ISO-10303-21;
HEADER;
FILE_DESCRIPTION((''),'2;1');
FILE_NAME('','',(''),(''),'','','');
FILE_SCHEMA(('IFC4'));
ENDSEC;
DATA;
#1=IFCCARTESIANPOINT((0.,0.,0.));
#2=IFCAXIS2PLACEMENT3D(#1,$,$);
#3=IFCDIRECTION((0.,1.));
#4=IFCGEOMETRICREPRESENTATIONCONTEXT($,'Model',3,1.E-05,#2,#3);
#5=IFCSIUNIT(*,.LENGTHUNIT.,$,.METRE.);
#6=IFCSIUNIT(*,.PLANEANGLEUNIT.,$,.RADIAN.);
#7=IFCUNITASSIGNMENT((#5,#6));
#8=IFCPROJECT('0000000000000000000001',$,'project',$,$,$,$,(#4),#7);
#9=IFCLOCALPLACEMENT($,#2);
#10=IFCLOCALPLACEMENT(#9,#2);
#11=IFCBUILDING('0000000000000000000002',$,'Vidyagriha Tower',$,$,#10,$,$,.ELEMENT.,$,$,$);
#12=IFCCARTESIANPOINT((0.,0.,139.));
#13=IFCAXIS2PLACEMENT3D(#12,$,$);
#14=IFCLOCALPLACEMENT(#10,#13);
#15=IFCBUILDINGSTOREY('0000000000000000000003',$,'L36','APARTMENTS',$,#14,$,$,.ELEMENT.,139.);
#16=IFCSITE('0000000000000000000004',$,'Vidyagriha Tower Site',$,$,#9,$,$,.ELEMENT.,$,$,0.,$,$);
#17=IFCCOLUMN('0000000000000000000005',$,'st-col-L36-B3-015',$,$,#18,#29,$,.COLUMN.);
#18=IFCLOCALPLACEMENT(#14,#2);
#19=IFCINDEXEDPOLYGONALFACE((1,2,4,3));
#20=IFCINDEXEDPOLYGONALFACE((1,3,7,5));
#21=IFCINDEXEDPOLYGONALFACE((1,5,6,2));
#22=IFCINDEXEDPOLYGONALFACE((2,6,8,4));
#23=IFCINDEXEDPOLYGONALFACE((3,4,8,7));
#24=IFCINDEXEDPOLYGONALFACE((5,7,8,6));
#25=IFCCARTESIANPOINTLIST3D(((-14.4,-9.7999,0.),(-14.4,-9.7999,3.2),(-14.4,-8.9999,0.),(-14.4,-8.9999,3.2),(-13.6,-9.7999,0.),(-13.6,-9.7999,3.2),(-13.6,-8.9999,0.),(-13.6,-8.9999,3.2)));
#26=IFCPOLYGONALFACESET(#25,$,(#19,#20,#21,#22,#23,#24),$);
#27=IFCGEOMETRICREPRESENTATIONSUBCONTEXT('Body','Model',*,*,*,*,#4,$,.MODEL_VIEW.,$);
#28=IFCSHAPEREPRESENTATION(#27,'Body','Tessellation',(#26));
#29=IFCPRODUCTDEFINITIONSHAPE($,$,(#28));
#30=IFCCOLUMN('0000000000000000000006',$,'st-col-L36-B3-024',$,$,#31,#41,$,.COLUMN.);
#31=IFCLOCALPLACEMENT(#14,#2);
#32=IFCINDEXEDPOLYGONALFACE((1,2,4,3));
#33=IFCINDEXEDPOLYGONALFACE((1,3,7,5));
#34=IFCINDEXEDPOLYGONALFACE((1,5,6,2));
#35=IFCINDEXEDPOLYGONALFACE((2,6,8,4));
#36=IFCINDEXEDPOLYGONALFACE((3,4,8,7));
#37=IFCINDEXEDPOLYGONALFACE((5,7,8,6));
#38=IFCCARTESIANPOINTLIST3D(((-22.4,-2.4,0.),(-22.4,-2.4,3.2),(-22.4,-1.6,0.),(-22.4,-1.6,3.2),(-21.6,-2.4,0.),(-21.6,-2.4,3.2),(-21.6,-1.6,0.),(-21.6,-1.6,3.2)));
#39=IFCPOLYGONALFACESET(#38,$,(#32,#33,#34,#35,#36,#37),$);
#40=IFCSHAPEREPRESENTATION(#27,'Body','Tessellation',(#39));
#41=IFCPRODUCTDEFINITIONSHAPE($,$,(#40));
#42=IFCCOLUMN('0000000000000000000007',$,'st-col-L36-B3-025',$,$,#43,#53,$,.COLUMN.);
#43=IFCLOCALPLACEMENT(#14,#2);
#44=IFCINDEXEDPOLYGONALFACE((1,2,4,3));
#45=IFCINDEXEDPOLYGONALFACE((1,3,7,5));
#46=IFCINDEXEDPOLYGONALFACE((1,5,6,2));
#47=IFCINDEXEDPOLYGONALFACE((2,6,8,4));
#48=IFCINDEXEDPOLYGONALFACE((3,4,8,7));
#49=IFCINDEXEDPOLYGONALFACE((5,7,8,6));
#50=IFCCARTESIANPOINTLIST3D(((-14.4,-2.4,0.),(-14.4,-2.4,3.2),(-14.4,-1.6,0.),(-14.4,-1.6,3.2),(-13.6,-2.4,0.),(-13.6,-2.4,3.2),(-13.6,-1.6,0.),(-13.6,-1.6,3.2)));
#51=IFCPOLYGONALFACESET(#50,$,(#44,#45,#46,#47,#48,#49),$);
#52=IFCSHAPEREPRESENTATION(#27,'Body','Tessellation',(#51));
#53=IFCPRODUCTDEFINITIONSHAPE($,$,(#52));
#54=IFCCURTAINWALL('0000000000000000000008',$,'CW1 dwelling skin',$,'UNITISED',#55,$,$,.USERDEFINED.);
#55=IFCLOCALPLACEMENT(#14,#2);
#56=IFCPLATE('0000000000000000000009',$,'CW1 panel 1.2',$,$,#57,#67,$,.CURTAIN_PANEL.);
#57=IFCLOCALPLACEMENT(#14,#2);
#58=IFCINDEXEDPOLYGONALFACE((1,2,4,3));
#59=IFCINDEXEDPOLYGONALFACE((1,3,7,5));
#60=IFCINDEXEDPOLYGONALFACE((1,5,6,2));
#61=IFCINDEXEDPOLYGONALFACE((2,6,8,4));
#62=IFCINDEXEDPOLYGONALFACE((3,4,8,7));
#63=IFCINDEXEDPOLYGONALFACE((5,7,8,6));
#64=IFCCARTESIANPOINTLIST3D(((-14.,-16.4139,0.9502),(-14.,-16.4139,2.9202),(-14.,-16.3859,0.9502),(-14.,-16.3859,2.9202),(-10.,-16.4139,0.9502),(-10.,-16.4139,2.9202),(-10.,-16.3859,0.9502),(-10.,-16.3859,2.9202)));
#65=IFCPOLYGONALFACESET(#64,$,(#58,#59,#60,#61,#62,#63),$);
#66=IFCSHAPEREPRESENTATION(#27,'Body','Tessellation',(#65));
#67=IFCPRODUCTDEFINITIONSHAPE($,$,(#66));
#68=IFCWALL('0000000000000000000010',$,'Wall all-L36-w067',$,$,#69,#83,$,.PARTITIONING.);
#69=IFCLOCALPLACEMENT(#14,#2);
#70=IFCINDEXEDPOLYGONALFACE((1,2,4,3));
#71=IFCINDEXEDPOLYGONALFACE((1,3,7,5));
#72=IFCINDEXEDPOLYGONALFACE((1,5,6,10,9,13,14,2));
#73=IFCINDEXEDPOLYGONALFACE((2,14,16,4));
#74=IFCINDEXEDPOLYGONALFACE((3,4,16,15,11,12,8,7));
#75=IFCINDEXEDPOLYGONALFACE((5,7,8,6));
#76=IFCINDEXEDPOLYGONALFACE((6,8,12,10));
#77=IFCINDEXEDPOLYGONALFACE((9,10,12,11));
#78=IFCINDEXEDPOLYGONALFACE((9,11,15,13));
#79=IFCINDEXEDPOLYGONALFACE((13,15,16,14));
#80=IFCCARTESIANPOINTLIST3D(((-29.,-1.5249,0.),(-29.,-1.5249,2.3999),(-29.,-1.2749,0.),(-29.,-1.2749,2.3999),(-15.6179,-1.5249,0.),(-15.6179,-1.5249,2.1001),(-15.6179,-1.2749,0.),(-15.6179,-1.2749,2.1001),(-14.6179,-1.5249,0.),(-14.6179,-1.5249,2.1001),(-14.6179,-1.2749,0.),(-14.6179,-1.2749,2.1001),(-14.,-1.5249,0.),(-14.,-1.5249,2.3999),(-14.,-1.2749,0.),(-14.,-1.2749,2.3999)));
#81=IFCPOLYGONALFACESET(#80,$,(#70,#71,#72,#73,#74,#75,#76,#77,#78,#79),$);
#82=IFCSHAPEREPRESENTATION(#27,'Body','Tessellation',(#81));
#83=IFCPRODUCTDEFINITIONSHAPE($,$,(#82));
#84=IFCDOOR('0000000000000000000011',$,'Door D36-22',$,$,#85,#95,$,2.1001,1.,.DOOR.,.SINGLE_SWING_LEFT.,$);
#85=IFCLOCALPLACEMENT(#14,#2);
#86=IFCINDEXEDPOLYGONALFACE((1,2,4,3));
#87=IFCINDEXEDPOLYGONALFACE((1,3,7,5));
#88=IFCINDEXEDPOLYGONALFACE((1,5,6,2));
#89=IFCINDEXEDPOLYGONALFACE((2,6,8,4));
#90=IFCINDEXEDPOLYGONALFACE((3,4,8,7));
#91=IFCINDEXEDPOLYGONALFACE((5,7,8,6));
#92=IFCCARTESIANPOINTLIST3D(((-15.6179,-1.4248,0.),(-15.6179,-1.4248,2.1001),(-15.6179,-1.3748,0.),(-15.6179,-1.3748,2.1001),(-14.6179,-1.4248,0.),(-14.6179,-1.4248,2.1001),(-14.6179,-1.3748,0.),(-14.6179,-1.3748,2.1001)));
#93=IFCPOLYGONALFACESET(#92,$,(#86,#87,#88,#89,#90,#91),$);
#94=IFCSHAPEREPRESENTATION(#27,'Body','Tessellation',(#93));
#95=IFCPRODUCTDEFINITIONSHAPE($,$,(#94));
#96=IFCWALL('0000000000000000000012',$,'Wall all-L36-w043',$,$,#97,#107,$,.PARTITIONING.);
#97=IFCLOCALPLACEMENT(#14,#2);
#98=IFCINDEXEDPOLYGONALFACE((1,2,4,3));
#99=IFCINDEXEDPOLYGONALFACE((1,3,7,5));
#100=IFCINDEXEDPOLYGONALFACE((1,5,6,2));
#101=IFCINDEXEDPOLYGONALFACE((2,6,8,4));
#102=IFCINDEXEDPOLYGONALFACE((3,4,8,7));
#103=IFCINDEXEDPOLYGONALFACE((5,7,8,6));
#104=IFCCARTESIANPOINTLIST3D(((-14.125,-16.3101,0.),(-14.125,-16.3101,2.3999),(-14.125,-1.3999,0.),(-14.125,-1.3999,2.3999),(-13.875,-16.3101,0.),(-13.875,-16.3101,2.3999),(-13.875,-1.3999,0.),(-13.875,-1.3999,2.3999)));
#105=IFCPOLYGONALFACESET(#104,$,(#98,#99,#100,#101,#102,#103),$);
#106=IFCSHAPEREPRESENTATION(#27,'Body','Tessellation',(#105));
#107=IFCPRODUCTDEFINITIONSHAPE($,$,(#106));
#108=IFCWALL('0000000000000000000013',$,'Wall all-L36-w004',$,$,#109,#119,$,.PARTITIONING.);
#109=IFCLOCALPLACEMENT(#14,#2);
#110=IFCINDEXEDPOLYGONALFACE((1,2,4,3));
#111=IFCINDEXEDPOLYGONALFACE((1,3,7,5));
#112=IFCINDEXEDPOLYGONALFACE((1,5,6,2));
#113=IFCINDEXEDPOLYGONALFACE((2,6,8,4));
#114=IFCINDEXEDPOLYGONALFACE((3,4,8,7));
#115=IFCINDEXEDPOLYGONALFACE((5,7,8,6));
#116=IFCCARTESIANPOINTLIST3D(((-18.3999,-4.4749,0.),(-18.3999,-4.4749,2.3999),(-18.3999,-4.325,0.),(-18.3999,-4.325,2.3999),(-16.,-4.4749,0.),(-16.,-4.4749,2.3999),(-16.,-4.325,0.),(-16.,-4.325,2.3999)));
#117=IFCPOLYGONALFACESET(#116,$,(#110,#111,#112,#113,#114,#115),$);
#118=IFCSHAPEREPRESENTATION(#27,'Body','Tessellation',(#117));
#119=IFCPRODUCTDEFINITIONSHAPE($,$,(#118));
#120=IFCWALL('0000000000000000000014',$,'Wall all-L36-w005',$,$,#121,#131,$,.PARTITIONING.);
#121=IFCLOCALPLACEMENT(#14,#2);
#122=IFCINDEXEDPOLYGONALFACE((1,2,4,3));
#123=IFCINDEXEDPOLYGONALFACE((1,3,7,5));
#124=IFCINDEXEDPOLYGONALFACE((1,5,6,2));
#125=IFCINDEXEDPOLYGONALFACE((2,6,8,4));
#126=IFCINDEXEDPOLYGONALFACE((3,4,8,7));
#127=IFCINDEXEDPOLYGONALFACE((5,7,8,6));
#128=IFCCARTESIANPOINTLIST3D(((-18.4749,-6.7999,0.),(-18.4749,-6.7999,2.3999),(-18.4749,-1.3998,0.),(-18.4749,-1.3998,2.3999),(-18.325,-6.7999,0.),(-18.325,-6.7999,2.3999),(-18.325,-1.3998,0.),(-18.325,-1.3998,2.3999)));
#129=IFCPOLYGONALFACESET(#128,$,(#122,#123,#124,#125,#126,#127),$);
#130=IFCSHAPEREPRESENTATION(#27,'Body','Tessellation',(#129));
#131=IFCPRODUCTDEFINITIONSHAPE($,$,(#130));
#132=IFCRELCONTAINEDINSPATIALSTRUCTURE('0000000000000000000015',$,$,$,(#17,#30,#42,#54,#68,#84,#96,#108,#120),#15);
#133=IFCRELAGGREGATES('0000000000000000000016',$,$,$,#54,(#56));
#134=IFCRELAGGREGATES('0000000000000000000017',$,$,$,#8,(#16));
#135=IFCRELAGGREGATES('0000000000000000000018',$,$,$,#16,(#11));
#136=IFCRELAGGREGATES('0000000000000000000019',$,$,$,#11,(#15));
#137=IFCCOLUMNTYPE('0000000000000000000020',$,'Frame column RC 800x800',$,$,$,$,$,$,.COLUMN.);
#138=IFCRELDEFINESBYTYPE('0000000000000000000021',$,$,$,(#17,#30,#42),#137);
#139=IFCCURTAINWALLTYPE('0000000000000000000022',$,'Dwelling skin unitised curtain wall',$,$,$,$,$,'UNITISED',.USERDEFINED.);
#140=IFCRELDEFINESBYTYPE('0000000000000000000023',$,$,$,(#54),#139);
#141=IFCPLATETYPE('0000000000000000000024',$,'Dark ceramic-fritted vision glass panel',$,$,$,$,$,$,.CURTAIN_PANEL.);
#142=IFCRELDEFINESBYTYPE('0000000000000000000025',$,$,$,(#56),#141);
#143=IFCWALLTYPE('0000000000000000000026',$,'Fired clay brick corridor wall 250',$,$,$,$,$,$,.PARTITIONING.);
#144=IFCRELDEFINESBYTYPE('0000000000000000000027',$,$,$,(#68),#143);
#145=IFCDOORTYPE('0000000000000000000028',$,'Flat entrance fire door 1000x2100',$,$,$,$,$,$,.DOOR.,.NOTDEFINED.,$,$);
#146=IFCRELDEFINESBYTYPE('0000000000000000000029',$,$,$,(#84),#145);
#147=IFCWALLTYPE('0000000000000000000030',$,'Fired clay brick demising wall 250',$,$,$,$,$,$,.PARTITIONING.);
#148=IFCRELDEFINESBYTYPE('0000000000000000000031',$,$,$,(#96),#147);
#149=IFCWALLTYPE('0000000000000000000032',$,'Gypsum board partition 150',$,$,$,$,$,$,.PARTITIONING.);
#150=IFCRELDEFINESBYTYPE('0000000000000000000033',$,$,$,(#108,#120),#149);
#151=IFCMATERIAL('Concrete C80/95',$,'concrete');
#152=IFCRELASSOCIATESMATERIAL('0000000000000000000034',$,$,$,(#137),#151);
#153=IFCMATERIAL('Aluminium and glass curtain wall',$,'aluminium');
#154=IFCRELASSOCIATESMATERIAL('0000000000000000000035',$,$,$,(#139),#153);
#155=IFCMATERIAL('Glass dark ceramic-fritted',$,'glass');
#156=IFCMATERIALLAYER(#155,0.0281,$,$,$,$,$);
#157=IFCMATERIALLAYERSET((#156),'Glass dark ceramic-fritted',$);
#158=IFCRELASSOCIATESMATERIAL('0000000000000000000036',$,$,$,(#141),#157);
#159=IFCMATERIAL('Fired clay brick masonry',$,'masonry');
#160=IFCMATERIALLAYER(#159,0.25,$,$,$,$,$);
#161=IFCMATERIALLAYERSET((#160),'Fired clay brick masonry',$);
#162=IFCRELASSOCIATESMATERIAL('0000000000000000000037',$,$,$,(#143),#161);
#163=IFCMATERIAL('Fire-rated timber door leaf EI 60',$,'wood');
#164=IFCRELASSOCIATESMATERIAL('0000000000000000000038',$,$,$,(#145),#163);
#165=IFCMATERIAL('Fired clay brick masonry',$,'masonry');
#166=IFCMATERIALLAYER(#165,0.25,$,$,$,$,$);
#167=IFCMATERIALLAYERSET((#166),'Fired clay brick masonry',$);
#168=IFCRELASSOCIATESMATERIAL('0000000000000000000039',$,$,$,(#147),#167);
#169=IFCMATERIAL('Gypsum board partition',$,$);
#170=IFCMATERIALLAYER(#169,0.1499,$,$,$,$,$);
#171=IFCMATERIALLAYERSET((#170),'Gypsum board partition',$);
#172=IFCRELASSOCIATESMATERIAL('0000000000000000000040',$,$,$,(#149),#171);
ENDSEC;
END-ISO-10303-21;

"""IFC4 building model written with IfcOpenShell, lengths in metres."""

from ifc_helpers import new_model, si_unit, direction, frame, frame_2d, origin, origin_2d, place, context, subcontext, project, spatial, rectangle, extrude, material, layer, layer_set, material_profile, profile_set, type_object, element, fill, aggregate, save


model = new_model("IFC4")

# Units and contexts
model_context = context("Model", 3, precision=1e-05, world=origin(), true_north=direction((0.0, 1.0)))
body_context = subcontext(model_context, "Body", "Model", "MODEL_VIEW")
ifc_project = project(units=[si_unit("LENGTHUNIT", "METRE"), si_unit("PLANEANGLEUNIT", "RADIAN")], contexts=[model_context])

# Site, building, storey
site_placement = place(None, origin())
site = spatial("IfcSite", under=ifc_project, at=site_placement, Name="Vidyagriha Tower Site", CompositionType="ELEMENT", RefElevation=0.0)
building_placement = place(site_placement, origin())
building = spatial("IfcBuilding", under=site, at=building_placement, Name="Vidyagriha Tower", CompositionType="ELEMENT")
storey_placement = place(building_placement, frame((0.0, 0.0, 139.0)))
storey = spatial("IfcBuildingStorey", under=building, at=storey_placement, Name="L36", Description="APARTMENTS", CompositionType="ELEMENT", Elevation=139.0)

# Columns
ifc_material_1 = material(Name="Concrete C80/95", Category="concrete")
ifc_material_profile = material_profile(ifc_material_1, rectangle(XDim=0.8, YDim=0.8, at=origin_2d()), Name="RC 800x800")
ifc_profile_set = profile_set([ifc_material_profile], Name="Concrete C80/95")
column_type = type_object("IfcColumnType", Name="Frame column RC 800x800", PredefinedType="COLUMN", material=ifc_profile_set)
for number, where, name in (
    (1, (-14.0, -9.3999, 0.0), "st-col-L36-B3-015"),
    (2, (-22.0, -2.0, 0.0), "st-col-L36-B3-024"),
    (3, (-14.0, -2.0, 0.0), "st-col-L36-B3-025"),
):
    element("IfcColumn", number, at=place(storey_placement, frame(where)), inside=storey, type_object=column_type, Name=name, PredefinedType="COLUMN", context=body_context, shape_type="SweptSolid", body=[
        extrude(rectangle(XDim=0.8, YDim=0.8, at=origin_2d()), origin(), (0.0, 0.0, 1.0), 3.2),
    ])

# Curtain wall, plate
ifc_material_2 = material(Name="Aluminium and glass curtain wall", Category="aluminium")
curtain_wall_type = type_object("IfcCurtainWallType", Name="Dwelling skin unitised curtain wall", ElementType="UNITISED", PredefinedType="USERDEFINED", material=ifc_material_2)
curtain_wall_placement = place(storey_placement, origin())
curtain_wall = element("IfcCurtainWall", 4, at=curtain_wall_placement, inside=storey, type_object=curtain_wall_type, Name="CW1 dwelling skin", ObjectType="UNITISED", PredefinedType="USERDEFINED")
ifc_material_3 = material(Name="Glass dark ceramic-fritted", Category="glass")
ifc_layer_1 = layer(ifc_material_3, 0.0281)
ifc_layer_set_1 = layer_set([ifc_layer_1], Name="Glass dark ceramic-fritted")
plate_type = type_object("IfcPlateType", Name="Dark ceramic-fritted vision glass panel", PredefinedType="CURTAIN_PANEL", material=ifc_layer_set_1)
plate_placement = place(storey_placement, frame((-12.0, -16.3999, 0.9502)))
plate = element("IfcPlate", 5, at=plate_placement, type_object=plate_type, Name="CW1 panel 1.2", PredefinedType="CURTAIN_PANEL", context=body_context, shape_type="SweptSolid", body=[
    extrude(rectangle(XDim=4.0, YDim=0.0281, at=origin_2d()), origin(), (0.0, 0.0, 1.0), 1.97),
])
aggregate(curtain_wall, [plate])

# Wall, opening, door
ifc_material_4 = material(Name="Fired clay brick masonry", Category="masonry")
ifc_layer_2 = layer(ifc_material_4, 0.25)
ifc_layer_set_2 = layer_set([ifc_layer_2], Name="Fired clay brick masonry")
wall_type_1 = type_object("IfcWallType", Name="Fired clay brick corridor wall 250", PredefinedType="PARTITIONING", material=ifc_layer_set_2)
wall_1_placement = place(storey_placement, frame((-14.0, -1.3999, 0.0), z_axis=(0.0, 0.0, 1.0), x_axis=(-1.0, 0.0, 0.0)))
wall_1 = element("IfcWall", 6, at=wall_1_placement, inside=storey, type_object=wall_type_1, Name="Wall all-L36-w067", PredefinedType="PARTITIONING", context=body_context, shape_type="SweptSolid", body=[
    extrude(rectangle(XDim=15.0, YDim=0.25, at=frame_2d((7.5, 0.0))), origin(), (0.0, 0.0, 1.0), 2.3999),
])
opening_1_placement = place(wall_1_placement, frame((0.6179, 0.0, 0.0)))
opening_1 = element("IfcOpeningElement", 7, at=opening_1_placement, cuts=wall_1, PredefinedType="OPENING", context=body_context, shape_type="SweptSolid", body=[
    extrude(rectangle(XDim=1.0, YDim=2.1001, at=frame_2d((0.5, 1.05))), frame((0.0, 0.135, 0.0), z_axis=(0.0, -1.0, 0.0), x_axis=(1.0, 0.0, 0.0)), (0.0, 0.0, 1.0), 0.27),
])
ifc_material_5 = material(Name="Fire-rated timber door leaf EI 60", Category="wood")
door_type_1 = type_object("IfcDoorType", Name="Flat entrance fire door 1000x2100", OperationType="NOTDEFINED", PredefinedType="DOOR", material=ifc_material_5)
door_1_placement = place(opening_1_placement, origin())
door_1 = element("IfcDoor", 8, at=door_1_placement, inside=storey, type_object=door_type_1, Name="Door D36-22", OperationType="SINGLE_SWING_LEFT", OverallHeight=2.1001, OverallWidth=1.0, PredefinedType="DOOR", context=body_context, shape_type="SweptSolid", body=[
    extrude(rectangle(XDim=1.0, YDim=2.1001, at=frame_2d((0.5, 1.05))), frame((0.0, 0.0249, 0.0), z_axis=(0.0, -1.0, 0.0), x_axis=(1.0, 0.0, 0.0)), (0.0, 0.0, 1.0), 0.05),
])
fill(opening_1, door_1)

# Walls
ifc_material_6 = material(Name="Fired clay brick masonry", Category="masonry")
ifc_layer_3 = layer(ifc_material_6, 0.25)
ifc_layer_set_3 = layer_set([ifc_layer_3], Name="Fired clay brick masonry")
wall_type_2 = type_object("IfcWallType", Name="Fired clay brick demising wall 250", PredefinedType="PARTITIONING", material=ifc_layer_set_3)
wall_2_placement = place(storey_placement, frame((-14.0, -1.3999, 0.0), z_axis=(0.0, 0.0, 1.0), x_axis=(0.0, -1.0, 0.0)))
element("IfcWall", 9, at=wall_2_placement, inside=storey, type_object=wall_type_2, Name="Wall all-L36-w043", PredefinedType="PARTITIONING", context=body_context, shape_type="SweptSolid", body=[
    extrude(rectangle(XDim=14.9102, YDim=0.25, at=frame_2d((7.4551, 0.0))), origin(), (0.0, 0.0, 1.0), 2.3999),
])
ifc_material_7 = material(Name="Gypsum board partition")
ifc_layer_4 = layer(ifc_material_7, 0.1499)
ifc_layer_set_4 = layer_set([ifc_layer_4], Name="Gypsum board partition")
wall_type_3 = type_object("IfcWallType", Name="Gypsum board partition 150", PredefinedType="PARTITIONING", material=ifc_layer_set_4)
wall_3_placement = place(storey_placement, frame((-16.0, -4.3999, 0.0), z_axis=(0.0, 0.0, 1.0), x_axis=(-1.0, 0.0, 0.0)))
element("IfcWall", 10, at=wall_3_placement, inside=storey, type_object=wall_type_3, Name="Wall all-L36-w004", PredefinedType="PARTITIONING", context=body_context, shape_type="SweptSolid", body=[
    extrude(rectangle(XDim=2.3999, YDim=0.1499, at=frame_2d((1.2, 0.0))), origin(), (0.0, 0.0, 1.0), 2.3999),
])
wall_4_placement = place(storey_placement, frame((-18.3999, -6.8, 0.0), z_axis=(0.0, 0.0, 1.0), x_axis=(0.0, 1.0, 0.0)))
element("IfcWall", 11, at=wall_4_placement, inside=storey, type_object=wall_type_3, Name="Wall all-L36-w005", PredefinedType="PARTITIONING", context=body_context, shape_type="SweptSolid", body=[
    extrude(rectangle(XDim=5.4001, YDim=0.1499, at=frame_2d((2.7002, 0.0))), origin(), (0.0, 0.0, 1.0), 2.3999),
])

save(model, "model.ifc")
